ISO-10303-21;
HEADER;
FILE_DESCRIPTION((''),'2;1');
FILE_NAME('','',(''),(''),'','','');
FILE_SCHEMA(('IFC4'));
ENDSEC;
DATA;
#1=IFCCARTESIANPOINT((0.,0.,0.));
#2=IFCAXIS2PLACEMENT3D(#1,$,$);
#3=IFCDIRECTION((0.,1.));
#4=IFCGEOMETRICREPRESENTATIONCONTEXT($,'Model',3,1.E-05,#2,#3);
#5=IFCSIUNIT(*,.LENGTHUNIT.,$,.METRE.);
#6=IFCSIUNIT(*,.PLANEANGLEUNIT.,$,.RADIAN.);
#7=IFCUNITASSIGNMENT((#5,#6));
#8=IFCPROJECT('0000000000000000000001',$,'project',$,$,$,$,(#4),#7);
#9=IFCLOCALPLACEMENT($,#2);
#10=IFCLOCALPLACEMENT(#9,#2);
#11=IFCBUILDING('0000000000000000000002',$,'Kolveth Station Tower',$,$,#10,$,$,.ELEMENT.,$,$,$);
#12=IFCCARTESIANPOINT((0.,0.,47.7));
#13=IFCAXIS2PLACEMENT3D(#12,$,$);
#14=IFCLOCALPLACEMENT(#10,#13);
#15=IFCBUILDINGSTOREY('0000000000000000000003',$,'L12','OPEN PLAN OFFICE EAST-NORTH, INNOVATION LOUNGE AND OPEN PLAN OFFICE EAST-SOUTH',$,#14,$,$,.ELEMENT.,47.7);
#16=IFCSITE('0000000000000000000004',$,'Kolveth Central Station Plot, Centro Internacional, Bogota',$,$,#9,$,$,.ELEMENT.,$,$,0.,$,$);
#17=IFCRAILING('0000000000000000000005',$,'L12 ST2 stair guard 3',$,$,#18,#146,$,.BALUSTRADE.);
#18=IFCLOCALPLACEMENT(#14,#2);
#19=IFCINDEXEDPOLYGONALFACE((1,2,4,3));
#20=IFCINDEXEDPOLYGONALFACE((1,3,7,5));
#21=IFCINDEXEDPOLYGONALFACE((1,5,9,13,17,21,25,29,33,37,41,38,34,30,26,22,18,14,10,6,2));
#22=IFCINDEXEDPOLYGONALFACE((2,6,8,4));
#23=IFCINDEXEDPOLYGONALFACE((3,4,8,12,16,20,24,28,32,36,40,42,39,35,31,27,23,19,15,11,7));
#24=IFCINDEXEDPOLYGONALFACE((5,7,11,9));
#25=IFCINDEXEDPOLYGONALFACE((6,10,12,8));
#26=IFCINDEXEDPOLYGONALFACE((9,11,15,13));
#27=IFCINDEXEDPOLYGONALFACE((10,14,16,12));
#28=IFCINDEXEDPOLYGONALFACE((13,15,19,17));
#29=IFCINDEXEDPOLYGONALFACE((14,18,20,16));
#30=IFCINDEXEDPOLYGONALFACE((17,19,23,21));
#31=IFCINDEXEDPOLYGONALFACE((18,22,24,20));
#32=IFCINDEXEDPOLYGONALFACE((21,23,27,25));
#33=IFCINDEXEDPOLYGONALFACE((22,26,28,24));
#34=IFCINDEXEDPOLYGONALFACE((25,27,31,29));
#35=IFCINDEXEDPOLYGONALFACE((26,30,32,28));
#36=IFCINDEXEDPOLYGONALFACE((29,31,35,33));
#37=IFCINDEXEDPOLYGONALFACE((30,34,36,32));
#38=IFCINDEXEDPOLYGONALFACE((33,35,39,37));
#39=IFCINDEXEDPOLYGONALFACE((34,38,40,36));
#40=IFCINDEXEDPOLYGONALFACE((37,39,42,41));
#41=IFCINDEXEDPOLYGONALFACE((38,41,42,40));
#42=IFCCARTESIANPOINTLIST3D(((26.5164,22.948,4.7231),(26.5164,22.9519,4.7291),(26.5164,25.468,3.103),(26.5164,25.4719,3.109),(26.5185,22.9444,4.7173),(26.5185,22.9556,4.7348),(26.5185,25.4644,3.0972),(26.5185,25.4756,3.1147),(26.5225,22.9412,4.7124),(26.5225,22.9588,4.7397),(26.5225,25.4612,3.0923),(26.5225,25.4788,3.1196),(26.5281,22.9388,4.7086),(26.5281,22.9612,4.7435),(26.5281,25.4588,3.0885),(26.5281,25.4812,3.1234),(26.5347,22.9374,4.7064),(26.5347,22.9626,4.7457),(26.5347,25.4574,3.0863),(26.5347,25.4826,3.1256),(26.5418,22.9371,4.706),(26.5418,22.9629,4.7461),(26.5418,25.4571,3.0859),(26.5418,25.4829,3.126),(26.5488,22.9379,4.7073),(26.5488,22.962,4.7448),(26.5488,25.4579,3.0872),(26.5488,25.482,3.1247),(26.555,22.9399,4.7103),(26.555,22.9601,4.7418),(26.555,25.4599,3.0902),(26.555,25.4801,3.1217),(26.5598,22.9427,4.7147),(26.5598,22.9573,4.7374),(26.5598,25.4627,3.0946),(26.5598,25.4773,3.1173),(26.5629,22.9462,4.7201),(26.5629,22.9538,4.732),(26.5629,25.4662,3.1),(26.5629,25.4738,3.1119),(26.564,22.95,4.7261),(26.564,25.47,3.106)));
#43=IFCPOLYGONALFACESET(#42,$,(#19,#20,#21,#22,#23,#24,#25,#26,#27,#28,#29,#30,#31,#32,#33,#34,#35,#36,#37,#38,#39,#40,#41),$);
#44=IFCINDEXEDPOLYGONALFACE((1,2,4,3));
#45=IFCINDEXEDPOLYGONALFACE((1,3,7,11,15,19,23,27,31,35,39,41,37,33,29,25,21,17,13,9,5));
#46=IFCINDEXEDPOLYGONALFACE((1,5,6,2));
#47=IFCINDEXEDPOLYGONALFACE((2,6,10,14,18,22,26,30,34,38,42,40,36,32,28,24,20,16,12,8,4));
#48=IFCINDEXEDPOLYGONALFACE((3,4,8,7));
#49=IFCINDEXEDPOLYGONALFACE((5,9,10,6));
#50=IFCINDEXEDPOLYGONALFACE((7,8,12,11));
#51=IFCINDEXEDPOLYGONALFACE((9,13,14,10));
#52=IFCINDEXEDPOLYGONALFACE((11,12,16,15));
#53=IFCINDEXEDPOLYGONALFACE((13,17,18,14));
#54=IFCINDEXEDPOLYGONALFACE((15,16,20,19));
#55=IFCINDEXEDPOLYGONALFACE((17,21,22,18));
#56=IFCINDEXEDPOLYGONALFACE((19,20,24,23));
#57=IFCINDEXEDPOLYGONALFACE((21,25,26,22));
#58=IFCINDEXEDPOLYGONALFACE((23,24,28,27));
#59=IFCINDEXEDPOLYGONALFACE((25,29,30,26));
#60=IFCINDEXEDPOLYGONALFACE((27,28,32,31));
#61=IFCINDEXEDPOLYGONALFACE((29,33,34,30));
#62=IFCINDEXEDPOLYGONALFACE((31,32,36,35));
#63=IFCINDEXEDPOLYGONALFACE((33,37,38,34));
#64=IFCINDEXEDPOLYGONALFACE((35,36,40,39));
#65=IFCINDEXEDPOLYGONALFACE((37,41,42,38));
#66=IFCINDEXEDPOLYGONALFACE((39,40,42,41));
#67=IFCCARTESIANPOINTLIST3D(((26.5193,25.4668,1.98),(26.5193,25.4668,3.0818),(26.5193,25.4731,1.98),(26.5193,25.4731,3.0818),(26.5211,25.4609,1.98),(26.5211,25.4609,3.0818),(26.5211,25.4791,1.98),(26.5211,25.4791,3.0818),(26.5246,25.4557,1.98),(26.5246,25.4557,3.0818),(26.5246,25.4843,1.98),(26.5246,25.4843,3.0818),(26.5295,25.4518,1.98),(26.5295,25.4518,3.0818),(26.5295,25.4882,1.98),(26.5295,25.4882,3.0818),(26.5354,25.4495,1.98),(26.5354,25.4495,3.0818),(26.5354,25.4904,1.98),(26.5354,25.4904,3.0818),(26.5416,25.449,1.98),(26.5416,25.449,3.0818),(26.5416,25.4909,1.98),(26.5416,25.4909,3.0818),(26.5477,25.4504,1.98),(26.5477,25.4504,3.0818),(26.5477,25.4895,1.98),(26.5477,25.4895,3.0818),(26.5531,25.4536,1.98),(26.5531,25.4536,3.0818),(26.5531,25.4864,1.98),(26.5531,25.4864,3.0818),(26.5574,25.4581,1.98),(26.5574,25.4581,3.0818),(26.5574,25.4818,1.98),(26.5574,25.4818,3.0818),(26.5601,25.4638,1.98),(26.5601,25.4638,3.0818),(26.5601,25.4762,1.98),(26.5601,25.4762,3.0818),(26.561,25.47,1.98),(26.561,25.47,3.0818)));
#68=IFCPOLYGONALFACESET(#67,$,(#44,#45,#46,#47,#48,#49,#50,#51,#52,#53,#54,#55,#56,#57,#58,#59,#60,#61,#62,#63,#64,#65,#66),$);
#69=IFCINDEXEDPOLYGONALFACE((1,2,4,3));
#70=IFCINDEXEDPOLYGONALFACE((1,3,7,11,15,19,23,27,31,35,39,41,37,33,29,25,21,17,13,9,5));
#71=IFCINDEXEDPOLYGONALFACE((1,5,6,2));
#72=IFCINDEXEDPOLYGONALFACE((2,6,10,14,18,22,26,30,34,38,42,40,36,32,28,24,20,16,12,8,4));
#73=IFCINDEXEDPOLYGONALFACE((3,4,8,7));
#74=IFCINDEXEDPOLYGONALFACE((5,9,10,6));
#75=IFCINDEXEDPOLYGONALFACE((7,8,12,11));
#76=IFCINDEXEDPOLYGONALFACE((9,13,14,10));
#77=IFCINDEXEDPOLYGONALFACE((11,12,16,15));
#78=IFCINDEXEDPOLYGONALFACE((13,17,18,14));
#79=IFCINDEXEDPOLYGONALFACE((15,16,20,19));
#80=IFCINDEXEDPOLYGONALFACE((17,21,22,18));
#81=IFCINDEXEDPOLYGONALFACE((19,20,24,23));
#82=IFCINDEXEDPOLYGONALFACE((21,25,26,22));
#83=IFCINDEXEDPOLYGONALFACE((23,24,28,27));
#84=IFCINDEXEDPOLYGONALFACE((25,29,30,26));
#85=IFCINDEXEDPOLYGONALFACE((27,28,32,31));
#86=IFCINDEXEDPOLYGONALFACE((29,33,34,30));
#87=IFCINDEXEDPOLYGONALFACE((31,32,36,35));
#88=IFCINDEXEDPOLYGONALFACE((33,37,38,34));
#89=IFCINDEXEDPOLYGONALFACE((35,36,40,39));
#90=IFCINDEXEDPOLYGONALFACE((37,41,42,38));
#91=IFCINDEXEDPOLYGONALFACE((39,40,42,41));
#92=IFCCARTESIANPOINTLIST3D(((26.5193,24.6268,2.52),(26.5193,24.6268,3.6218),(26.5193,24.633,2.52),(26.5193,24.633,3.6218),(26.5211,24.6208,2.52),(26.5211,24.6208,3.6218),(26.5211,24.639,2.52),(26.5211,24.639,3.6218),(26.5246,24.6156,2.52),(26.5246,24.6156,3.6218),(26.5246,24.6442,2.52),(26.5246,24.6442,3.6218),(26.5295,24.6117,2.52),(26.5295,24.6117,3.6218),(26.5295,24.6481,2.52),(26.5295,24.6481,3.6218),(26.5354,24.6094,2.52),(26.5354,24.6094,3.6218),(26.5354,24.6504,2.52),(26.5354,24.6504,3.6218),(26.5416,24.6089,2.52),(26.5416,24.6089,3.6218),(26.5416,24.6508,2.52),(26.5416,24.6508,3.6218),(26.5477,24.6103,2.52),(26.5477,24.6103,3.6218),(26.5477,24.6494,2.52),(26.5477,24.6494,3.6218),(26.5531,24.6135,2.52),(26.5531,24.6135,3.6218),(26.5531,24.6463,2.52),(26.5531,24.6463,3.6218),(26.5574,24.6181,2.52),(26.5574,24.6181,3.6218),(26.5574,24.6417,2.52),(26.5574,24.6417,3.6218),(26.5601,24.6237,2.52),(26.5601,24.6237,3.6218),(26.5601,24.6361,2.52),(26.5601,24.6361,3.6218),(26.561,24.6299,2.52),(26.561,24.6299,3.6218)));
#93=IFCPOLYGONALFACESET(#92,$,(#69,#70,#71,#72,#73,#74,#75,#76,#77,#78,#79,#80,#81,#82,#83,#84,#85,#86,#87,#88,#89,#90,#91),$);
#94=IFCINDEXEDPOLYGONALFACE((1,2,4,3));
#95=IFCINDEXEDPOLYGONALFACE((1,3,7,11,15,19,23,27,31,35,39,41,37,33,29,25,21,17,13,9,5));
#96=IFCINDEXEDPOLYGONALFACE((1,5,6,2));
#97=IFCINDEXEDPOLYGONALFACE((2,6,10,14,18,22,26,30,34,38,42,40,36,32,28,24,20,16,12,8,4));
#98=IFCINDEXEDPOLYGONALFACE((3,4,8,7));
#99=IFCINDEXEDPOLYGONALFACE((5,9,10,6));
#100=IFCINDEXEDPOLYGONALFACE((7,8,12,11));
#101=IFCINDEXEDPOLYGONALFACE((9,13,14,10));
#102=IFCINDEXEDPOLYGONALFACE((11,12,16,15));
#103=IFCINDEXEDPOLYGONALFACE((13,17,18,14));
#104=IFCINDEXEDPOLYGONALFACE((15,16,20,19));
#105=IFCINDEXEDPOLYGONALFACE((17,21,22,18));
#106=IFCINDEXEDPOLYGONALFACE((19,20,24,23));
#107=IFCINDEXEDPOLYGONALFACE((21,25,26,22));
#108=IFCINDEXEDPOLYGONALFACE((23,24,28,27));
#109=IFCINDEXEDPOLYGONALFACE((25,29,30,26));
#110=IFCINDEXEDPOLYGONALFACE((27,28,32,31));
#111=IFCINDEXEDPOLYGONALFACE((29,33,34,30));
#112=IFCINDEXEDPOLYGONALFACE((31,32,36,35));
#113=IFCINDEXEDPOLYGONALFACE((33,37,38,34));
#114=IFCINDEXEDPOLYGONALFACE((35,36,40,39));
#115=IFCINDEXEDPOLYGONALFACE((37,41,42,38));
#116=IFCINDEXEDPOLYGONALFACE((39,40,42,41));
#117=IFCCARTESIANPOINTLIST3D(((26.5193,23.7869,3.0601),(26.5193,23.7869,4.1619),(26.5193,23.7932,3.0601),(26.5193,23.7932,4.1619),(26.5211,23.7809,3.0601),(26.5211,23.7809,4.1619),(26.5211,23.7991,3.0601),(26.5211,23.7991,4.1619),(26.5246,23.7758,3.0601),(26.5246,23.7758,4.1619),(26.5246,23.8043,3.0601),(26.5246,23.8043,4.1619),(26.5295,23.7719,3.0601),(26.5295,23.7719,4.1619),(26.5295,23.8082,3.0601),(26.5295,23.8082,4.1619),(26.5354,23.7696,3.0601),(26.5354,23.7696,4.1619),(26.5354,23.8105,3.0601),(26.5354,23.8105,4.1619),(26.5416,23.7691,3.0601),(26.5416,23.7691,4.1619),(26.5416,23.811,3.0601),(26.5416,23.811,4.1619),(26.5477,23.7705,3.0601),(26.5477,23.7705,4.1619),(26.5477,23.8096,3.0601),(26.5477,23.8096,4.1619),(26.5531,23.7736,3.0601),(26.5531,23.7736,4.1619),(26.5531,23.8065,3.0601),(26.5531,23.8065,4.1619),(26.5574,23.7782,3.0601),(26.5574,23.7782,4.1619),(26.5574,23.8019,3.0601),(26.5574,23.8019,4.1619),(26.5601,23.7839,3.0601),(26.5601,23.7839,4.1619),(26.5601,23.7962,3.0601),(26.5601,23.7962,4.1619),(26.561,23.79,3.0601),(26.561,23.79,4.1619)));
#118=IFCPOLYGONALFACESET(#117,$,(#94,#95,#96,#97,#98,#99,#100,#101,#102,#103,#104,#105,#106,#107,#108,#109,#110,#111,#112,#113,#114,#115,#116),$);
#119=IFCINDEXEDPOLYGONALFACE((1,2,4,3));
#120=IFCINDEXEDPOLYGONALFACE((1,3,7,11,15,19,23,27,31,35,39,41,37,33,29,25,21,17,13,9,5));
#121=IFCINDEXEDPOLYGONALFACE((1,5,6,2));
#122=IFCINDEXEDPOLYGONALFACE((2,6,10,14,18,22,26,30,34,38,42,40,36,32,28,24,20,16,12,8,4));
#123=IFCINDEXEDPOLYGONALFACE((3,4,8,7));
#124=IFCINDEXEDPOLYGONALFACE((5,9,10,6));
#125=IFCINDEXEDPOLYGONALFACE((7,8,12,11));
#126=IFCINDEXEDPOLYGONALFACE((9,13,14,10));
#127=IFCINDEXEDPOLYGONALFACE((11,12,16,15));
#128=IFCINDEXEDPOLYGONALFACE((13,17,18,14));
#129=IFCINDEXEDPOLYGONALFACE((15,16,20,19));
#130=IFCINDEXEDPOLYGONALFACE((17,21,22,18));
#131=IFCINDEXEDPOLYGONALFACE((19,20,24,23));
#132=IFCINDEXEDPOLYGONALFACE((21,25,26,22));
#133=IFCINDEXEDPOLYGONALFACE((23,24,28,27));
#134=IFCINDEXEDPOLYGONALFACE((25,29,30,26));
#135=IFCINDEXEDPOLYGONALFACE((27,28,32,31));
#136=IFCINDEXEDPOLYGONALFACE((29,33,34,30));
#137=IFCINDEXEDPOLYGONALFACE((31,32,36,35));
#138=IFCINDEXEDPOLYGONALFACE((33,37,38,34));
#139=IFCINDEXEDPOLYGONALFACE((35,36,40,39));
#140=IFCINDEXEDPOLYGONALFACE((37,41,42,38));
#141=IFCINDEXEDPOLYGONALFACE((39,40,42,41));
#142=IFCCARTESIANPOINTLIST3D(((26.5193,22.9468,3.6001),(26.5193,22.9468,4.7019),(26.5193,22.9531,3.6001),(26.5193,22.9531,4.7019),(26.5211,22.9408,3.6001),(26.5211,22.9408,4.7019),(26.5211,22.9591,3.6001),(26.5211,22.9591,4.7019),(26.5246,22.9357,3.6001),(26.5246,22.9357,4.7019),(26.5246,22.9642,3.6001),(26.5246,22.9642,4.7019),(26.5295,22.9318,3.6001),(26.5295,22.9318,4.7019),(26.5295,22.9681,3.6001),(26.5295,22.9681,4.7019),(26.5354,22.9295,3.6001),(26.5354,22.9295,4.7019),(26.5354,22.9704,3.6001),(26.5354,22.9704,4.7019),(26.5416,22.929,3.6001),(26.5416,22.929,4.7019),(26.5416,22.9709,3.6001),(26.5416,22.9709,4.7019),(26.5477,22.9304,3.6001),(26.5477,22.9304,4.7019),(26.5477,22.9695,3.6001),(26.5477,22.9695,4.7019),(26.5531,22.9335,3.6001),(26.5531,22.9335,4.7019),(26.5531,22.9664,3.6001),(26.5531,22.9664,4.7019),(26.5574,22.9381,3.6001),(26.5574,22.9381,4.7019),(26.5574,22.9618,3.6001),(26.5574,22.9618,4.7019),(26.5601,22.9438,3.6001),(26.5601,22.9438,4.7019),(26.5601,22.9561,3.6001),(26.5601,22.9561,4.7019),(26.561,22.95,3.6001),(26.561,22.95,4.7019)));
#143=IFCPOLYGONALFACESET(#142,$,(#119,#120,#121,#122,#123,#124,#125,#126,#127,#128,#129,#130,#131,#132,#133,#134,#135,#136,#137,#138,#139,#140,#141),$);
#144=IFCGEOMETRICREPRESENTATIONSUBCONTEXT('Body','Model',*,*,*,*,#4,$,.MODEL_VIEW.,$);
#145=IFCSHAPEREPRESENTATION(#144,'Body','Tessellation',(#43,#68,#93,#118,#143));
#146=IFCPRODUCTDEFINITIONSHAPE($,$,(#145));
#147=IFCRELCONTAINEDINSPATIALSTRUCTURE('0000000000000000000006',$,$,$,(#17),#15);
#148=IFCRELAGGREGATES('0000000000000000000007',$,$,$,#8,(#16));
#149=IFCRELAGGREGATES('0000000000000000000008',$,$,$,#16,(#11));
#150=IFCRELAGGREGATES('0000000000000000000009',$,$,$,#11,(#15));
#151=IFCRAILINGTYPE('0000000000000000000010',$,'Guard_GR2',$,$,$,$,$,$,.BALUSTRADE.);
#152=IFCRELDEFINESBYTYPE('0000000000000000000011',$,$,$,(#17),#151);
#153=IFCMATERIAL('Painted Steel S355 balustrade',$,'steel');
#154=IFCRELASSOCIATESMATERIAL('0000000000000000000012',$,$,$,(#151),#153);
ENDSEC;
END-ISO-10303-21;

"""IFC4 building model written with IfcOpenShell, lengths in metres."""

from ifc_helpers import new_model, si_unit, direction, frame, origin, origin_2d, place, context, subcontext, project, spatial, circle, extrude, material, type_object, element, save


model = new_model("IFC4")

# Units and contexts
model_context = context("Model", 3, precision=1e-05, world=origin(), true_north=direction((0.0, 1.0)))
body_context = subcontext(model_context, "Body", "Model", "MODEL_VIEW")
ifc_project = project(units=[si_unit("LENGTHUNIT", "METRE"), si_unit("PLANEANGLEUNIT", "RADIAN")], contexts=[model_context])

# Site, building, storey
site_placement = place(None, origin())
site = spatial("IfcSite", under=ifc_project, at=site_placement, Name="Kolveth Central Station Plot, Centro Internacional, Bogota", CompositionType="ELEMENT", RefElevation=0.0)
building_placement = place(site_placement, origin())
building = spatial("IfcBuilding", under=site, at=building_placement, Name="Kolveth Station Tower", CompositionType="ELEMENT")
storey_placement = place(building_placement, frame((0.0, 0.0, 47.7)))
storey = spatial("IfcBuildingStorey", under=building, at=storey_placement, Name="L12", Description="OPEN PLAN OFFICE EAST-NORTH, INNOVATION LOUNGE AND OPEN PLAN OFFICE EAST-SOUTH", CompositionType="ELEMENT", Elevation=47.7)

# Railing
ifc_material_1 = material(Name="Painted Steel S355 balustrade", Category="steel")
railing_type_1 = type_object("IfcRailingType", Name="Guard_GR2", PredefinedType="BALUSTRADE", material=ifc_material_1)
railing_1_placement = place(storey_placement, frame((26.54, 25.47, 1.98)))
element("IfcRailing", 1, at=railing_1_placement, inside=storey, type_object=railing_type_1, Name="L12 ST2 stair guard 3", PredefinedType="BALUSTRADE", context=body_context, shape_type="SweptSolid", body=[
    extrude(circle(Radius=0.0239, at=origin_2d()), frame((0.0, 0.0, 1.126), z_axis=(0.0, -0.841163, 0.540782), x_axis=(1.0, 0.0, 0.0)), (0.0, 0.0, 1.0), 2.9958),
    extrude(circle(Radius=0.021, at=origin_2d()), origin(), (0.0, 0.0, 1.0), 1.1018),
    extrude(circle(Radius=0.021, at=origin_2d()), frame((0.0, -0.8401, 0.54)), (0.0, 0.0, 1.0), 1.1018),
    extrude(circle(Radius=0.021, at=origin_2d()), frame((0.0, -1.6799, 1.0801)), (0.0, 0.0, 1.0), 1.1018),
    extrude(circle(Radius=0.021, at=origin_2d()), frame((0.0, -2.52, 1.6201)), (0.0, 0.0, 1.0), 1.1018),
])

save(model, "model.ifc")
